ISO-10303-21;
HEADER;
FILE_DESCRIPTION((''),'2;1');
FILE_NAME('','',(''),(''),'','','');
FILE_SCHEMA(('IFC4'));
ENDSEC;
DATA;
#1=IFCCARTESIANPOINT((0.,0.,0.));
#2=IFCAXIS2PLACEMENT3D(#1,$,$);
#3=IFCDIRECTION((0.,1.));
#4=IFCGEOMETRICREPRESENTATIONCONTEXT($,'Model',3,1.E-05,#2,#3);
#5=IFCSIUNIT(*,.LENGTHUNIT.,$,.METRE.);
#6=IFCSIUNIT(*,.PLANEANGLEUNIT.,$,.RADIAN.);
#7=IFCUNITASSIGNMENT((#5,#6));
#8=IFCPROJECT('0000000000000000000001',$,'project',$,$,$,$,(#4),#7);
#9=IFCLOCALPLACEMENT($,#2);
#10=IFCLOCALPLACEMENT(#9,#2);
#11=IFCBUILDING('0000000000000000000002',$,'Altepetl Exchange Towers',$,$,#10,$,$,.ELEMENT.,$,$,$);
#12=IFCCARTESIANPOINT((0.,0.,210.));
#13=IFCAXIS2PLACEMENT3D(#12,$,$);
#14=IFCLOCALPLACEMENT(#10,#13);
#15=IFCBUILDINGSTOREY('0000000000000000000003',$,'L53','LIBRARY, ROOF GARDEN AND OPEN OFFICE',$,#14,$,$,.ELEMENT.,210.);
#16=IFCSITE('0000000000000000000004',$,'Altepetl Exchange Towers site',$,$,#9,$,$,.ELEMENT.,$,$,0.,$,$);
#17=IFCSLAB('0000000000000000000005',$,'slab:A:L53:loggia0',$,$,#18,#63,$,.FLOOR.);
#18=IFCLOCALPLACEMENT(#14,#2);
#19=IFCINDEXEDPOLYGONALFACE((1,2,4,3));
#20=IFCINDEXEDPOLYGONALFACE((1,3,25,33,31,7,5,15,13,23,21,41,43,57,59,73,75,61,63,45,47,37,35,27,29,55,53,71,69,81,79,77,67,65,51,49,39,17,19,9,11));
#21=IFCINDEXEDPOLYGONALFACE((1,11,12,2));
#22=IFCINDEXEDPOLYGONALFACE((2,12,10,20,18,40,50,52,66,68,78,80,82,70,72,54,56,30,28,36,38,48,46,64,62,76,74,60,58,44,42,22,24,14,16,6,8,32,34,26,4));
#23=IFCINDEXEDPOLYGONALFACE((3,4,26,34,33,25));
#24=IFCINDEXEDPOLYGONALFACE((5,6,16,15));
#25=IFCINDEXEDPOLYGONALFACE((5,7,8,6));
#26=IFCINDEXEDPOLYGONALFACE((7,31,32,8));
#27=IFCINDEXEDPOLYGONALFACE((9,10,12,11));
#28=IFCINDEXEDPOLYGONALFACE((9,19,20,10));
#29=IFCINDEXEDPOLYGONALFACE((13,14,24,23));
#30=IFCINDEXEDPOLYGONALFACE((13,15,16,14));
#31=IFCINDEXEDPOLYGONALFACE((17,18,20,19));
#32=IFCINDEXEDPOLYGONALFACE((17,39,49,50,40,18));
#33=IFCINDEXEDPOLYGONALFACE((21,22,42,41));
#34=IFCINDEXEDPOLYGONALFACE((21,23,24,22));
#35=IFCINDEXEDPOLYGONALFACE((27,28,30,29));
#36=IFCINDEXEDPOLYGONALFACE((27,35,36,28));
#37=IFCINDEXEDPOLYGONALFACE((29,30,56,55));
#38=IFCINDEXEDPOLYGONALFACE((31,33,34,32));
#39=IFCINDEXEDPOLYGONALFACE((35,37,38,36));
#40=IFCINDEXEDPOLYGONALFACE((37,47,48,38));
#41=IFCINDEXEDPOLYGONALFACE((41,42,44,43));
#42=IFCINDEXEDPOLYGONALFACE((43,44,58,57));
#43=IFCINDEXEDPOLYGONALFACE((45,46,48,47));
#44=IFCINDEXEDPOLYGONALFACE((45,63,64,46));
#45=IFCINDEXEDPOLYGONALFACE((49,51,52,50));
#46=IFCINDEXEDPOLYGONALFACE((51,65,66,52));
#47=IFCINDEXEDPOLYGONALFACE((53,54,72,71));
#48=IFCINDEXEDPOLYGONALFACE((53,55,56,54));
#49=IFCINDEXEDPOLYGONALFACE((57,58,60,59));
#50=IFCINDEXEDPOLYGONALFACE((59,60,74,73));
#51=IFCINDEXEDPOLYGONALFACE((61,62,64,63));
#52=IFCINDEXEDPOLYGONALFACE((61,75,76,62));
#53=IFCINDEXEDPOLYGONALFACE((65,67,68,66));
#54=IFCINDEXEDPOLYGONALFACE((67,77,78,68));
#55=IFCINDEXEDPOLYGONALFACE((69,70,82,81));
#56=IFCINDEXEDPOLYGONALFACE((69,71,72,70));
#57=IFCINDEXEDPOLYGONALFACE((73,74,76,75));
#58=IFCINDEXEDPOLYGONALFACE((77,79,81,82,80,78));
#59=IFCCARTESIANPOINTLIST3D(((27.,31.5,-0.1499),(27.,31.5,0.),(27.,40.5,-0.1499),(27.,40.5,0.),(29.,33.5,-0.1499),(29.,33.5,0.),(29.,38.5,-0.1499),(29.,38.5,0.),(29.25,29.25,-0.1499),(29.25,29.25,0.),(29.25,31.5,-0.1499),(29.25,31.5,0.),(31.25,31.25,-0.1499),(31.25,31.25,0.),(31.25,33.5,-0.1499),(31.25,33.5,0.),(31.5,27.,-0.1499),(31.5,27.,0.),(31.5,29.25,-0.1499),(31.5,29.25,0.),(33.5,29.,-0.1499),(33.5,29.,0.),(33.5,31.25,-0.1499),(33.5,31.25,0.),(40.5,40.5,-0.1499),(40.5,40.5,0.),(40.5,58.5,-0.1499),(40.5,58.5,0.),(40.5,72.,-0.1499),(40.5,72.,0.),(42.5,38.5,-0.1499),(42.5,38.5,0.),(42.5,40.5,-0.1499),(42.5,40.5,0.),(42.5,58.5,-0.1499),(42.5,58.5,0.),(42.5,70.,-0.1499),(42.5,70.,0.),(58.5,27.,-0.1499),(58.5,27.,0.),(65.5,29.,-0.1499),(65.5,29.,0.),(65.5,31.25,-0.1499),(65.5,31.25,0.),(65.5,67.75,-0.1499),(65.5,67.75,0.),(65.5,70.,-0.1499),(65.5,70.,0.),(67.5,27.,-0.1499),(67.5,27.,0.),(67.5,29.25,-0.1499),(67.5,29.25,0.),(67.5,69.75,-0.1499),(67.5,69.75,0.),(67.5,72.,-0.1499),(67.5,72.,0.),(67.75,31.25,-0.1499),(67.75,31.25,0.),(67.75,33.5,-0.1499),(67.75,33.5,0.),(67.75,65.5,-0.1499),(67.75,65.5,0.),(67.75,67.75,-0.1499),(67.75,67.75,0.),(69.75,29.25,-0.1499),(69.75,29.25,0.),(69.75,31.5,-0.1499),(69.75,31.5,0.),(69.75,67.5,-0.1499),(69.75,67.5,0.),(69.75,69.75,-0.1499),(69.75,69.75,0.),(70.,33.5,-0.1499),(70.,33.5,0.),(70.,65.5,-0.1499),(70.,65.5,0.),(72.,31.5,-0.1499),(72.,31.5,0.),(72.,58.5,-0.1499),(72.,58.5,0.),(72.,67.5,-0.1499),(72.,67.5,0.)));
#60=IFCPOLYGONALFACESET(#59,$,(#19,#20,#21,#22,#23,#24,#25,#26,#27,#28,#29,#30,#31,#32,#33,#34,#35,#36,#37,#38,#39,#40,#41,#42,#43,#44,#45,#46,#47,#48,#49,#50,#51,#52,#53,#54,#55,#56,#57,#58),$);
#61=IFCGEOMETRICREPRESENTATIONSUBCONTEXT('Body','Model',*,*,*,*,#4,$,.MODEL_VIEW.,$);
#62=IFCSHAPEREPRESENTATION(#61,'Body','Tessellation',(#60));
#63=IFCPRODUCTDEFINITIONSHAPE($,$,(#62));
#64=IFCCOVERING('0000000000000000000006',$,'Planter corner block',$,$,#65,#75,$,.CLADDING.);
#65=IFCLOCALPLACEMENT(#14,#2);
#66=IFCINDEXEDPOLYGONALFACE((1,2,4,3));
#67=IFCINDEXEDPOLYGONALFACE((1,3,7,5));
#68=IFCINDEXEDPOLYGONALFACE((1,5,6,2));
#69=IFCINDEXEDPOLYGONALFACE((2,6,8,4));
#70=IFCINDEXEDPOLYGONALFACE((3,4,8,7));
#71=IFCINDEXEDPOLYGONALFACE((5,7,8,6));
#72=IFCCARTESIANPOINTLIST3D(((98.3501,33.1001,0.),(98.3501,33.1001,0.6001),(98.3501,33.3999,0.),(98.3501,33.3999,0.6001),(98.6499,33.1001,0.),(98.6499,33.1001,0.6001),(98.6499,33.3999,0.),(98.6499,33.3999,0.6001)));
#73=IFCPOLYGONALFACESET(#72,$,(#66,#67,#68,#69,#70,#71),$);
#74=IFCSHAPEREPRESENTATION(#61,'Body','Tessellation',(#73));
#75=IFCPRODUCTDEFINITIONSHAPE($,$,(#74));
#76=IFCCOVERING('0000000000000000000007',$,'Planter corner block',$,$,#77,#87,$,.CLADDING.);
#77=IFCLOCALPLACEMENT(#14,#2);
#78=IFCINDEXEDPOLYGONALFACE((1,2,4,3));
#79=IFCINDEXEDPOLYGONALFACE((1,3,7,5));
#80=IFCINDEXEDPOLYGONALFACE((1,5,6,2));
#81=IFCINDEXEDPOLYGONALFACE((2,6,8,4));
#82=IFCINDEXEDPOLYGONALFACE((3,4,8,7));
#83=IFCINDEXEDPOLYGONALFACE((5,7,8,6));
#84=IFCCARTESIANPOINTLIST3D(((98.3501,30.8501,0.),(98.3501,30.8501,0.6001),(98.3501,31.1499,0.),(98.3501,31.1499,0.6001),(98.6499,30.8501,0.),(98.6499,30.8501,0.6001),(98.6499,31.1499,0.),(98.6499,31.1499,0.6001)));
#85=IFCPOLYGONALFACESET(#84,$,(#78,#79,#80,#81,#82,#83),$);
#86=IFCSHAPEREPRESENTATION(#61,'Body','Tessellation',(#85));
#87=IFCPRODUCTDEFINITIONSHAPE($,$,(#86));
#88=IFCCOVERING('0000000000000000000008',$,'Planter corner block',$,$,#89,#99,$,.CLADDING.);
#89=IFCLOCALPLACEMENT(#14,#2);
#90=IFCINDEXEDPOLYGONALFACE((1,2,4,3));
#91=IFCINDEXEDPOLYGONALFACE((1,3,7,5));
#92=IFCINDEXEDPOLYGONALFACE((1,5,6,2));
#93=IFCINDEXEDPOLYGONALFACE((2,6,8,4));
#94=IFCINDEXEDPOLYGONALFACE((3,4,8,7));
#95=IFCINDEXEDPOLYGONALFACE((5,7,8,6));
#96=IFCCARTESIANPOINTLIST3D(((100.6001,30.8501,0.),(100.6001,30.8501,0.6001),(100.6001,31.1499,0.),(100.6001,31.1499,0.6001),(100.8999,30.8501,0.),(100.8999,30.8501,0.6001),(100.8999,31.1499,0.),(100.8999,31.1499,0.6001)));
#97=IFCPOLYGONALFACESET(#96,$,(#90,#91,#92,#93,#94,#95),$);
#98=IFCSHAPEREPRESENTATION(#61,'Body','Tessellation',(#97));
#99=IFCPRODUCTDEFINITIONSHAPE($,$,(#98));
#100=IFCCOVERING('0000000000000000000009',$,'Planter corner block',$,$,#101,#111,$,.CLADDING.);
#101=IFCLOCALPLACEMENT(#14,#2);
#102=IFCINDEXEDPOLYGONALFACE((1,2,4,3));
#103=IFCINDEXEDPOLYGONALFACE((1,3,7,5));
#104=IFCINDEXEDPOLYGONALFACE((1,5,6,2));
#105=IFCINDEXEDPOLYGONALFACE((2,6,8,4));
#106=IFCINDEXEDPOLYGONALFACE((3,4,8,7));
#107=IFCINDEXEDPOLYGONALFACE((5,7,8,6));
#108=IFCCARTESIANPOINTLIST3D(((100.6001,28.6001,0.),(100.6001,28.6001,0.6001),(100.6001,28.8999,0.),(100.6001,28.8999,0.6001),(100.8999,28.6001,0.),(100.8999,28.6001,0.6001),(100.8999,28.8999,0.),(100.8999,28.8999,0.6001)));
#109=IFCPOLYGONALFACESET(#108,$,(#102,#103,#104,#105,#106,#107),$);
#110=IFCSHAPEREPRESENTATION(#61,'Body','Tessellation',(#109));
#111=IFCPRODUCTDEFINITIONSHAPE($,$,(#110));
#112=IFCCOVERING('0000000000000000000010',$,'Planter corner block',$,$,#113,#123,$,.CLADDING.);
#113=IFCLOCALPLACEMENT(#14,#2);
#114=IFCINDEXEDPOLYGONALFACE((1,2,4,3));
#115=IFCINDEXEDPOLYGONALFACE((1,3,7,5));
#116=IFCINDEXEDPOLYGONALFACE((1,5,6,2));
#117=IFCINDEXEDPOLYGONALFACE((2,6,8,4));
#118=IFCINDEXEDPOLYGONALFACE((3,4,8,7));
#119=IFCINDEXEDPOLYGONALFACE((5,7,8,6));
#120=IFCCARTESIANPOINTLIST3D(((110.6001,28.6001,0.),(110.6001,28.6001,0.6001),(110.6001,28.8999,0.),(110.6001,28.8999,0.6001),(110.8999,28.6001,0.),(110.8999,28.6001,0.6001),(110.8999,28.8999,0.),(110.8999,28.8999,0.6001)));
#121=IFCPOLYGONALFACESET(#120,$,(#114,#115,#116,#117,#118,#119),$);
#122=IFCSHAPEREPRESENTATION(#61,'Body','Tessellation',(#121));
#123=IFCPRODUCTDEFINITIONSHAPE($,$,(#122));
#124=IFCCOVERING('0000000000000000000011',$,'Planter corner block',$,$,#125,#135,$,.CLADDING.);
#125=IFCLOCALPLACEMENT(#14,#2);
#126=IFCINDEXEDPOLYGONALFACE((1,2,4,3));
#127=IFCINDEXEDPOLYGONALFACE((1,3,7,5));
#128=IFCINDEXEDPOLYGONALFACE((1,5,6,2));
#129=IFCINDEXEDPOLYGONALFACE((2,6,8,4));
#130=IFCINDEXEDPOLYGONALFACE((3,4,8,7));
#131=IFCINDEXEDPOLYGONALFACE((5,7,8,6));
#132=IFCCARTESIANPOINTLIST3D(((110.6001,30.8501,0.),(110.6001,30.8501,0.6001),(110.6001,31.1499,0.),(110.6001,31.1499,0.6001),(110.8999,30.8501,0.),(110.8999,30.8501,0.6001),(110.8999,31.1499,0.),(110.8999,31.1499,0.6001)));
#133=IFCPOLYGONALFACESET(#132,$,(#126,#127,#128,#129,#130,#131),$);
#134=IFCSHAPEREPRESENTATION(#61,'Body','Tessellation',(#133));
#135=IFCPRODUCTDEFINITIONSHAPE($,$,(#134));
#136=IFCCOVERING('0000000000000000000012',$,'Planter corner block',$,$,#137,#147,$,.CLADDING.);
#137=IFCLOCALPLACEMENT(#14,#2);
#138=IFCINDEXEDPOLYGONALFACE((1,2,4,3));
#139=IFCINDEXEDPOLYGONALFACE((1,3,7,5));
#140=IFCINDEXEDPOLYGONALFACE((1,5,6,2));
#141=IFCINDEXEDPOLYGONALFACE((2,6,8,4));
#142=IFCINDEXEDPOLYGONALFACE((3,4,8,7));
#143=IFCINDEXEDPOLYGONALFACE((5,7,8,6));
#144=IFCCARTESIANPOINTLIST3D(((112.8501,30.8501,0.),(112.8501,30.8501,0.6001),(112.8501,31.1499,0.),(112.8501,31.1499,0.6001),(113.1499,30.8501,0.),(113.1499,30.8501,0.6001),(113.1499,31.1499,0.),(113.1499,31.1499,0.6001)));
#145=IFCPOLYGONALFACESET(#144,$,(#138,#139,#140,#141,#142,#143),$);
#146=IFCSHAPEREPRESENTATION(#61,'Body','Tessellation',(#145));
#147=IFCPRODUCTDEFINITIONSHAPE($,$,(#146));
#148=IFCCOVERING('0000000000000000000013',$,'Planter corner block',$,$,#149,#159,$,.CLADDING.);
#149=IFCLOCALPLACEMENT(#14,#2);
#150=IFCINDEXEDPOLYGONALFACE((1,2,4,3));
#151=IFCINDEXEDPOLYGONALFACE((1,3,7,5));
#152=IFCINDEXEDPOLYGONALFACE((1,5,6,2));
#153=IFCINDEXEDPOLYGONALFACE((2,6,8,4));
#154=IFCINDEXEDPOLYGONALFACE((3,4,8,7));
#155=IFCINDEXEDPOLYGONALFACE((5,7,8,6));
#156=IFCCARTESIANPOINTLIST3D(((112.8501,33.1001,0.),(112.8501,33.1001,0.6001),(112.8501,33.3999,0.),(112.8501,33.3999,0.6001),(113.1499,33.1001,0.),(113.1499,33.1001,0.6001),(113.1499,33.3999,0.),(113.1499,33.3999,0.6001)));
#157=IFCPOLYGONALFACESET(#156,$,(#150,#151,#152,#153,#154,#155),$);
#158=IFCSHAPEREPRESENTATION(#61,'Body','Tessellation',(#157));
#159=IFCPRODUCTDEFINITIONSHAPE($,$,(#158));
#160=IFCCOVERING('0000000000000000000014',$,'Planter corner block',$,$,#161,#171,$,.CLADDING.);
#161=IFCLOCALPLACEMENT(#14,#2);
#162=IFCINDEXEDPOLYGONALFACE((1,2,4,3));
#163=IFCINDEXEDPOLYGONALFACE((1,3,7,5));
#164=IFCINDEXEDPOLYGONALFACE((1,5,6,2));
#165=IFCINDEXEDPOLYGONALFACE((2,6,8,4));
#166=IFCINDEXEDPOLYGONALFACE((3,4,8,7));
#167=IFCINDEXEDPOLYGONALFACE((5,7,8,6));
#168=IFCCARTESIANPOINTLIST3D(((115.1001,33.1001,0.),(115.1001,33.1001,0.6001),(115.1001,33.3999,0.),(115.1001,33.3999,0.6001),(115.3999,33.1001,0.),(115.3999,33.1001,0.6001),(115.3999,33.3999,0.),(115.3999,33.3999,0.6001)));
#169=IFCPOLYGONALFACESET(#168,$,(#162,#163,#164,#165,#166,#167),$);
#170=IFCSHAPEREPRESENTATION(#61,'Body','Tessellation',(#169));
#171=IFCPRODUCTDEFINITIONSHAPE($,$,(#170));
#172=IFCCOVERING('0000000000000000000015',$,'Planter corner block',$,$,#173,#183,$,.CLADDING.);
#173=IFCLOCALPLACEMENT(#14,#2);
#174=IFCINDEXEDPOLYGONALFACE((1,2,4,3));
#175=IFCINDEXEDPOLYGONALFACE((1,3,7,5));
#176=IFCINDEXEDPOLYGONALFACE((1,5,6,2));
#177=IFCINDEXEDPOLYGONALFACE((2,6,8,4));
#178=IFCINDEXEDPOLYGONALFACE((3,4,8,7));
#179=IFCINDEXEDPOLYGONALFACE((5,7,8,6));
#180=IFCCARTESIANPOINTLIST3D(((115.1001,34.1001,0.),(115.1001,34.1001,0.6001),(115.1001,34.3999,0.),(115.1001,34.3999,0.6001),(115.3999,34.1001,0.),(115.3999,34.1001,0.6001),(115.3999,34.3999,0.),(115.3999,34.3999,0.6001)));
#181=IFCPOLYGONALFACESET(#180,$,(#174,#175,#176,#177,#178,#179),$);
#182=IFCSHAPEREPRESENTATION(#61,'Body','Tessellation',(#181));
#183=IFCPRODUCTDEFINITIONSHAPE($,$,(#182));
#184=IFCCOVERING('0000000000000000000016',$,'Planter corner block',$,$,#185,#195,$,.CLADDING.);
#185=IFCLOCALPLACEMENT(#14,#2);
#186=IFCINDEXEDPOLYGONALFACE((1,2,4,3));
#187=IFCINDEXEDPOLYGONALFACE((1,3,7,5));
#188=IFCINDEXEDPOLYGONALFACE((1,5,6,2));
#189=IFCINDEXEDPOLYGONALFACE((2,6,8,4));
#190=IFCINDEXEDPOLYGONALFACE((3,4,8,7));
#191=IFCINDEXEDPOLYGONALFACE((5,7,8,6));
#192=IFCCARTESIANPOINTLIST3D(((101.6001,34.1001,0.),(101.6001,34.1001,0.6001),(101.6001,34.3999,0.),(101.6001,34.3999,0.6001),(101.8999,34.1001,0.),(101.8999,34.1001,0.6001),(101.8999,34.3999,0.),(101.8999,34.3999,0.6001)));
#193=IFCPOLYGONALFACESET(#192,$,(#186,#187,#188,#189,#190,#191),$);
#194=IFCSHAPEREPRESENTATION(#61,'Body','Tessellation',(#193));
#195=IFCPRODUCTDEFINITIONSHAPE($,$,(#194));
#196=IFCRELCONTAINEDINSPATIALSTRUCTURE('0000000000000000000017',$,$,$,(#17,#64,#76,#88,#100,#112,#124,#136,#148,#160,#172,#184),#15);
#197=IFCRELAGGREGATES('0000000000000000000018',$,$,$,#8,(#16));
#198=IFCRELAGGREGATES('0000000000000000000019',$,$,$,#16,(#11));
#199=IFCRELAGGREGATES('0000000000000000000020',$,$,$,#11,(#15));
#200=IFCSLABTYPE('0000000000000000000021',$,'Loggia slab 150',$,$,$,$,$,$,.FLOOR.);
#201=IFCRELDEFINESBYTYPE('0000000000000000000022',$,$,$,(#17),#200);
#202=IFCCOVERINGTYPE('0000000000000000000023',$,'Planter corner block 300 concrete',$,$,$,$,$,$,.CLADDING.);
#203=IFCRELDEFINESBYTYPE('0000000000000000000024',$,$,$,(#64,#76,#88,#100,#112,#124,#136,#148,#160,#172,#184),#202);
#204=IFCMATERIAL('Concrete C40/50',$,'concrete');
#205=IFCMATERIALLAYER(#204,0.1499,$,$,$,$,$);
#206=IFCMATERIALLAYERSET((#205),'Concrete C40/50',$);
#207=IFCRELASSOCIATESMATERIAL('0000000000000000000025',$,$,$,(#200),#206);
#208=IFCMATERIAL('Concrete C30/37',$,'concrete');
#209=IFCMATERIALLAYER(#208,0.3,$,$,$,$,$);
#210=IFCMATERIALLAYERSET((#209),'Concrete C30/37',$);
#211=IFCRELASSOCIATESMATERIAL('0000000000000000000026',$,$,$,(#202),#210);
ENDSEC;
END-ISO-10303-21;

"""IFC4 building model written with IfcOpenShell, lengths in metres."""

from ifc_helpers import new_model, si_unit, direction, frame, origin, place, context, subcontext, project, spatial, polyline, outline, extrude, material, layer, layer_set, type_object, element, save


model = new_model("IFC4")

# Units and contexts
model_context = context("Model", 3, precision=1e-05, world=origin(), true_north=direction((0.0, 1.0)))
body_context = subcontext(model_context, "Body", "Model", "MODEL_VIEW")
ifc_project = project(units=[si_unit("LENGTHUNIT", "METRE"), si_unit("PLANEANGLEUNIT", "RADIAN")], contexts=[model_context])

# Site, building, storey
site_placement = place(None, origin())
site = spatial("IfcSite", under=ifc_project, at=site_placement, Name="Altepetl Exchange Towers site", CompositionType="ELEMENT", RefElevation=0.0)
building_placement = place(site_placement, origin())
building = spatial("IfcBuilding", under=site, at=building_placement, Name="Altepetl Exchange Towers", CompositionType="ELEMENT")
storey_placement = place(building_placement, frame((0.0, 0.0, 210.0)))
storey = spatial("IfcBuildingStorey", under=building, at=storey_placement, Name="L53", Description="LIBRARY, ROOF GARDEN AND OPEN OFFICE", CompositionType="ELEMENT", Elevation=210.0)

# Slab
ifc_material_1 = material(Name="Concrete C40/50", Category="concrete")
ifc_layer_1 = layer(ifc_material_1, 0.1499)
ifc_layer_set_1 = layer_set([ifc_layer_1], Name="Concrete C40/50")
slab_type_1 = type_object("IfcSlabType", Name="Loggia slab 150", PredefinedType="FLOOR", material=ifc_layer_set_1)
slab_1_placement = place(storey_placement, frame((0.0, 0.0, -0.1499)))
element("IfcSlab", 1, at=slab_1_placement, inside=storey, type_object=slab_type_1, Name="slab:A:L53:loggia0", PredefinedType="FLOOR", context=body_context, shape_type="SweptSolid", body=[
    extrude(outline(polyline([(40.5, 72.0), (40.5, 58.5), (42.5, 58.5), (42.5, 70.0), (65.5, 70.0), (65.5, 67.75), (67.75, 67.75), (67.75, 65.5), (70.0, 65.5), (70.0, 33.5), (67.75, 33.5), (67.75, 31.25), (65.5, 31.25), (65.5, 29.0), (33.5, 29.0), (33.5, 31.25), (31.25, 31.25), (31.25, 33.5), (29.0, 33.5), (29.0, 38.5), (42.5, 38.5), (42.5, 40.5), (40.5, 40.5), (27.0, 40.5), (27.0, 31.5), (29.25, 31.5), (29.25, 29.25), (31.5, 29.25), (31.5, 27.0), (58.5, 27.0), (67.5, 27.0), (67.5, 29.25), (69.75, 29.25), (69.75, 31.5), (72.0, 31.5), (72.0, 58.5), (72.0, 67.5), (69.75, 67.5), (69.75, 69.75), (67.5, 69.75), (67.5, 72.0), (40.5, 72.0)])), origin(), (0.0, 0.0, 1.0), 0.1499),
])

# Coverings
ifc_material_2 = material(Name="Concrete C30/37", Category="concrete")
ifc_layer_2 = layer(ifc_material_2, 0.3)
ifc_layer_set_2 = layer_set([ifc_layer_2], Name="Concrete C30/37")
covering_type = type_object("IfcCoveringType", Name="Planter corner block 300 concrete", PredefinedType="CLADDING", material=ifc_layer_set_2)
covering_1_placement = place(storey_placement, origin())
element("IfcCovering", 2, at=covering_1_placement, inside=storey, type_object=covering_type, Name="Planter corner block", PredefinedType="CLADDING", context=body_context, shape_type="SweptSolid", body=[
    extrude(outline(polyline([(98.6499, 33.3999), (98.3501, 33.3999), (98.3501, 33.1001), (98.6499, 33.1001), (98.6499, 33.3999)])), origin(), (0.0, 0.0, 1.0), 0.6001),
])
covering_2_placement = place(storey_placement, origin())
element("IfcCovering", 3, at=covering_2_placement, inside=storey, type_object=covering_type, Name="Planter corner block", PredefinedType="CLADDING", context=body_context, shape_type="SweptSolid", body=[
    extrude(outline(polyline([(98.6499, 31.1499), (98.3501, 31.1499), (98.3501, 30.8501), (98.6499, 30.8501), (98.6499, 31.1499)])), origin(), (0.0, 0.0, 1.0), 0.6001),
])
covering_3_placement = place(storey_placement, origin())
element("IfcCovering", 4, at=covering_3_placement, inside=storey, type_object=covering_type, Name="Planter corner block", PredefinedType="CLADDING", context=body_context, shape_type="SweptSolid", body=[
    extrude(outline(polyline([(100.8999, 30.8501), (100.8999, 31.1499), (100.6001, 31.1499), (100.6001, 30.8501), (100.8999, 30.8501)])), origin(), (0.0, 0.0, 1.0), 0.6001),
])
covering_4_placement = place(storey_placement, origin())
element("IfcCovering", 5, at=covering_4_placement, inside=storey, type_object=covering_type, Name="Planter corner block", PredefinedType="CLADDING", context=body_context, shape_type="SweptSolid", body=[
    extrude(outline(polyline([(100.8999, 28.8999), (100.6001, 28.8999), (100.6001, 28.6001), (100.8999, 28.6001), (100.8999, 28.8999)])), origin(), (0.0, 0.0, 1.0), 0.6001),
])
covering_5_placement = place(storey_placement, origin())
element("IfcCovering", 6, at=covering_5_placement, inside=storey, type_object=covering_type, Name="Planter corner block", PredefinedType="CLADDING", context=body_context, shape_type="SweptSolid", body=[
    extrude(outline(polyline([(110.6001, 28.8999), (110.6001, 28.6001), (110.8999, 28.6001), (110.8999, 28.8999), (110.6001, 28.8999)])), origin(), (0.0, 0.0, 1.0), 0.6001),
])
covering_6_placement = place(storey_placement, origin())
element("IfcCovering", 7, at=covering_6_placement, inside=storey, type_object=covering_type, Name="Planter corner block", PredefinedType="CLADDING", context=body_context, shape_type="SweptSolid", body=[
    extrude(outline(polyline([(110.8999, 31.1499), (110.6001, 31.1499), (110.6001, 30.8501), (110.8999, 30.8501), (110.8999, 31.1499)])), origin(), (0.0, 0.0, 1.0), 0.6001),
])
covering_7_placement = place(storey_placement, origin())
element("IfcCovering", 8, at=covering_7_placement, inside=storey, type_object=covering_type, Name="Planter corner block", PredefinedType="CLADDING", context=body_context, shape_type="SweptSolid", body=[
    extrude(outline(polyline([(112.8501, 31.1499), (112.8501, 30.8501), (113.1499, 30.8501), (113.1499, 31.1499), (112.8501, 31.1499)])), origin(), (0.0, 0.0, 1.0), 0.6001),
])
covering_8_placement = place(storey_placement, origin())
element("IfcCovering", 9, at=covering_8_placement, inside=storey, type_object=covering_type, Name="Planter corner block", PredefinedType="CLADDING", context=body_context, shape_type="SweptSolid", body=[
    extrude(outline(polyline([(113.1499, 33.3999), (112.8501, 33.3999), (112.8501, 33.1001), (113.1499, 33.1001), (113.1499, 33.3999)])), origin(), (0.0, 0.0, 1.0), 0.6001),
])
covering_9_placement = place(storey_placement, origin())
element("IfcCovering", 10, at=covering_9_placement, inside=storey, type_object=covering_type, Name="Planter corner block", PredefinedType="CLADDING", context=body_context, shape_type="SweptSolid", body=[
    extrude(outline(polyline([(115.1001, 33.3999), (115.1001, 33.1001), (115.3999, 33.1001), (115.3999, 33.3999), (115.1001, 33.3999)])), origin(), (0.0, 0.0, 1.0), 0.6001),
])
covering_10_placement = place(storey_placement, origin())
element("IfcCovering", 11, at=covering_10_placement, inside=storey, type_object=covering_type, Name="Planter corner block", PredefinedType="CLADDING", context=body_context, shape_type="SweptSolid", body=[
    extrude(outline(polyline([(115.1001, 34.1001), (115.3999, 34.1001), (115.3999, 34.3999), (115.1001, 34.3999), (115.1001, 34.1001)])), origin(), (0.0, 0.0, 1.0), 0.6001),
])
covering_11_placement = place(storey_placement, origin())
element("IfcCovering", 12, at=covering_11_placement, inside=storey, type_object=covering_type, Name="Planter corner block", PredefinedType="CLADDING", context=body_context, shape_type="SweptSolid", body=[
    extrude(outline(polyline([(101.6001, 34.3999), (101.6001, 34.1001), (101.8999, 34.1001), (101.8999, 34.3999), (101.6001, 34.3999)])), origin(), (0.0, 0.0, 1.0), 0.6001),
])

save(model, "model.ifc")
